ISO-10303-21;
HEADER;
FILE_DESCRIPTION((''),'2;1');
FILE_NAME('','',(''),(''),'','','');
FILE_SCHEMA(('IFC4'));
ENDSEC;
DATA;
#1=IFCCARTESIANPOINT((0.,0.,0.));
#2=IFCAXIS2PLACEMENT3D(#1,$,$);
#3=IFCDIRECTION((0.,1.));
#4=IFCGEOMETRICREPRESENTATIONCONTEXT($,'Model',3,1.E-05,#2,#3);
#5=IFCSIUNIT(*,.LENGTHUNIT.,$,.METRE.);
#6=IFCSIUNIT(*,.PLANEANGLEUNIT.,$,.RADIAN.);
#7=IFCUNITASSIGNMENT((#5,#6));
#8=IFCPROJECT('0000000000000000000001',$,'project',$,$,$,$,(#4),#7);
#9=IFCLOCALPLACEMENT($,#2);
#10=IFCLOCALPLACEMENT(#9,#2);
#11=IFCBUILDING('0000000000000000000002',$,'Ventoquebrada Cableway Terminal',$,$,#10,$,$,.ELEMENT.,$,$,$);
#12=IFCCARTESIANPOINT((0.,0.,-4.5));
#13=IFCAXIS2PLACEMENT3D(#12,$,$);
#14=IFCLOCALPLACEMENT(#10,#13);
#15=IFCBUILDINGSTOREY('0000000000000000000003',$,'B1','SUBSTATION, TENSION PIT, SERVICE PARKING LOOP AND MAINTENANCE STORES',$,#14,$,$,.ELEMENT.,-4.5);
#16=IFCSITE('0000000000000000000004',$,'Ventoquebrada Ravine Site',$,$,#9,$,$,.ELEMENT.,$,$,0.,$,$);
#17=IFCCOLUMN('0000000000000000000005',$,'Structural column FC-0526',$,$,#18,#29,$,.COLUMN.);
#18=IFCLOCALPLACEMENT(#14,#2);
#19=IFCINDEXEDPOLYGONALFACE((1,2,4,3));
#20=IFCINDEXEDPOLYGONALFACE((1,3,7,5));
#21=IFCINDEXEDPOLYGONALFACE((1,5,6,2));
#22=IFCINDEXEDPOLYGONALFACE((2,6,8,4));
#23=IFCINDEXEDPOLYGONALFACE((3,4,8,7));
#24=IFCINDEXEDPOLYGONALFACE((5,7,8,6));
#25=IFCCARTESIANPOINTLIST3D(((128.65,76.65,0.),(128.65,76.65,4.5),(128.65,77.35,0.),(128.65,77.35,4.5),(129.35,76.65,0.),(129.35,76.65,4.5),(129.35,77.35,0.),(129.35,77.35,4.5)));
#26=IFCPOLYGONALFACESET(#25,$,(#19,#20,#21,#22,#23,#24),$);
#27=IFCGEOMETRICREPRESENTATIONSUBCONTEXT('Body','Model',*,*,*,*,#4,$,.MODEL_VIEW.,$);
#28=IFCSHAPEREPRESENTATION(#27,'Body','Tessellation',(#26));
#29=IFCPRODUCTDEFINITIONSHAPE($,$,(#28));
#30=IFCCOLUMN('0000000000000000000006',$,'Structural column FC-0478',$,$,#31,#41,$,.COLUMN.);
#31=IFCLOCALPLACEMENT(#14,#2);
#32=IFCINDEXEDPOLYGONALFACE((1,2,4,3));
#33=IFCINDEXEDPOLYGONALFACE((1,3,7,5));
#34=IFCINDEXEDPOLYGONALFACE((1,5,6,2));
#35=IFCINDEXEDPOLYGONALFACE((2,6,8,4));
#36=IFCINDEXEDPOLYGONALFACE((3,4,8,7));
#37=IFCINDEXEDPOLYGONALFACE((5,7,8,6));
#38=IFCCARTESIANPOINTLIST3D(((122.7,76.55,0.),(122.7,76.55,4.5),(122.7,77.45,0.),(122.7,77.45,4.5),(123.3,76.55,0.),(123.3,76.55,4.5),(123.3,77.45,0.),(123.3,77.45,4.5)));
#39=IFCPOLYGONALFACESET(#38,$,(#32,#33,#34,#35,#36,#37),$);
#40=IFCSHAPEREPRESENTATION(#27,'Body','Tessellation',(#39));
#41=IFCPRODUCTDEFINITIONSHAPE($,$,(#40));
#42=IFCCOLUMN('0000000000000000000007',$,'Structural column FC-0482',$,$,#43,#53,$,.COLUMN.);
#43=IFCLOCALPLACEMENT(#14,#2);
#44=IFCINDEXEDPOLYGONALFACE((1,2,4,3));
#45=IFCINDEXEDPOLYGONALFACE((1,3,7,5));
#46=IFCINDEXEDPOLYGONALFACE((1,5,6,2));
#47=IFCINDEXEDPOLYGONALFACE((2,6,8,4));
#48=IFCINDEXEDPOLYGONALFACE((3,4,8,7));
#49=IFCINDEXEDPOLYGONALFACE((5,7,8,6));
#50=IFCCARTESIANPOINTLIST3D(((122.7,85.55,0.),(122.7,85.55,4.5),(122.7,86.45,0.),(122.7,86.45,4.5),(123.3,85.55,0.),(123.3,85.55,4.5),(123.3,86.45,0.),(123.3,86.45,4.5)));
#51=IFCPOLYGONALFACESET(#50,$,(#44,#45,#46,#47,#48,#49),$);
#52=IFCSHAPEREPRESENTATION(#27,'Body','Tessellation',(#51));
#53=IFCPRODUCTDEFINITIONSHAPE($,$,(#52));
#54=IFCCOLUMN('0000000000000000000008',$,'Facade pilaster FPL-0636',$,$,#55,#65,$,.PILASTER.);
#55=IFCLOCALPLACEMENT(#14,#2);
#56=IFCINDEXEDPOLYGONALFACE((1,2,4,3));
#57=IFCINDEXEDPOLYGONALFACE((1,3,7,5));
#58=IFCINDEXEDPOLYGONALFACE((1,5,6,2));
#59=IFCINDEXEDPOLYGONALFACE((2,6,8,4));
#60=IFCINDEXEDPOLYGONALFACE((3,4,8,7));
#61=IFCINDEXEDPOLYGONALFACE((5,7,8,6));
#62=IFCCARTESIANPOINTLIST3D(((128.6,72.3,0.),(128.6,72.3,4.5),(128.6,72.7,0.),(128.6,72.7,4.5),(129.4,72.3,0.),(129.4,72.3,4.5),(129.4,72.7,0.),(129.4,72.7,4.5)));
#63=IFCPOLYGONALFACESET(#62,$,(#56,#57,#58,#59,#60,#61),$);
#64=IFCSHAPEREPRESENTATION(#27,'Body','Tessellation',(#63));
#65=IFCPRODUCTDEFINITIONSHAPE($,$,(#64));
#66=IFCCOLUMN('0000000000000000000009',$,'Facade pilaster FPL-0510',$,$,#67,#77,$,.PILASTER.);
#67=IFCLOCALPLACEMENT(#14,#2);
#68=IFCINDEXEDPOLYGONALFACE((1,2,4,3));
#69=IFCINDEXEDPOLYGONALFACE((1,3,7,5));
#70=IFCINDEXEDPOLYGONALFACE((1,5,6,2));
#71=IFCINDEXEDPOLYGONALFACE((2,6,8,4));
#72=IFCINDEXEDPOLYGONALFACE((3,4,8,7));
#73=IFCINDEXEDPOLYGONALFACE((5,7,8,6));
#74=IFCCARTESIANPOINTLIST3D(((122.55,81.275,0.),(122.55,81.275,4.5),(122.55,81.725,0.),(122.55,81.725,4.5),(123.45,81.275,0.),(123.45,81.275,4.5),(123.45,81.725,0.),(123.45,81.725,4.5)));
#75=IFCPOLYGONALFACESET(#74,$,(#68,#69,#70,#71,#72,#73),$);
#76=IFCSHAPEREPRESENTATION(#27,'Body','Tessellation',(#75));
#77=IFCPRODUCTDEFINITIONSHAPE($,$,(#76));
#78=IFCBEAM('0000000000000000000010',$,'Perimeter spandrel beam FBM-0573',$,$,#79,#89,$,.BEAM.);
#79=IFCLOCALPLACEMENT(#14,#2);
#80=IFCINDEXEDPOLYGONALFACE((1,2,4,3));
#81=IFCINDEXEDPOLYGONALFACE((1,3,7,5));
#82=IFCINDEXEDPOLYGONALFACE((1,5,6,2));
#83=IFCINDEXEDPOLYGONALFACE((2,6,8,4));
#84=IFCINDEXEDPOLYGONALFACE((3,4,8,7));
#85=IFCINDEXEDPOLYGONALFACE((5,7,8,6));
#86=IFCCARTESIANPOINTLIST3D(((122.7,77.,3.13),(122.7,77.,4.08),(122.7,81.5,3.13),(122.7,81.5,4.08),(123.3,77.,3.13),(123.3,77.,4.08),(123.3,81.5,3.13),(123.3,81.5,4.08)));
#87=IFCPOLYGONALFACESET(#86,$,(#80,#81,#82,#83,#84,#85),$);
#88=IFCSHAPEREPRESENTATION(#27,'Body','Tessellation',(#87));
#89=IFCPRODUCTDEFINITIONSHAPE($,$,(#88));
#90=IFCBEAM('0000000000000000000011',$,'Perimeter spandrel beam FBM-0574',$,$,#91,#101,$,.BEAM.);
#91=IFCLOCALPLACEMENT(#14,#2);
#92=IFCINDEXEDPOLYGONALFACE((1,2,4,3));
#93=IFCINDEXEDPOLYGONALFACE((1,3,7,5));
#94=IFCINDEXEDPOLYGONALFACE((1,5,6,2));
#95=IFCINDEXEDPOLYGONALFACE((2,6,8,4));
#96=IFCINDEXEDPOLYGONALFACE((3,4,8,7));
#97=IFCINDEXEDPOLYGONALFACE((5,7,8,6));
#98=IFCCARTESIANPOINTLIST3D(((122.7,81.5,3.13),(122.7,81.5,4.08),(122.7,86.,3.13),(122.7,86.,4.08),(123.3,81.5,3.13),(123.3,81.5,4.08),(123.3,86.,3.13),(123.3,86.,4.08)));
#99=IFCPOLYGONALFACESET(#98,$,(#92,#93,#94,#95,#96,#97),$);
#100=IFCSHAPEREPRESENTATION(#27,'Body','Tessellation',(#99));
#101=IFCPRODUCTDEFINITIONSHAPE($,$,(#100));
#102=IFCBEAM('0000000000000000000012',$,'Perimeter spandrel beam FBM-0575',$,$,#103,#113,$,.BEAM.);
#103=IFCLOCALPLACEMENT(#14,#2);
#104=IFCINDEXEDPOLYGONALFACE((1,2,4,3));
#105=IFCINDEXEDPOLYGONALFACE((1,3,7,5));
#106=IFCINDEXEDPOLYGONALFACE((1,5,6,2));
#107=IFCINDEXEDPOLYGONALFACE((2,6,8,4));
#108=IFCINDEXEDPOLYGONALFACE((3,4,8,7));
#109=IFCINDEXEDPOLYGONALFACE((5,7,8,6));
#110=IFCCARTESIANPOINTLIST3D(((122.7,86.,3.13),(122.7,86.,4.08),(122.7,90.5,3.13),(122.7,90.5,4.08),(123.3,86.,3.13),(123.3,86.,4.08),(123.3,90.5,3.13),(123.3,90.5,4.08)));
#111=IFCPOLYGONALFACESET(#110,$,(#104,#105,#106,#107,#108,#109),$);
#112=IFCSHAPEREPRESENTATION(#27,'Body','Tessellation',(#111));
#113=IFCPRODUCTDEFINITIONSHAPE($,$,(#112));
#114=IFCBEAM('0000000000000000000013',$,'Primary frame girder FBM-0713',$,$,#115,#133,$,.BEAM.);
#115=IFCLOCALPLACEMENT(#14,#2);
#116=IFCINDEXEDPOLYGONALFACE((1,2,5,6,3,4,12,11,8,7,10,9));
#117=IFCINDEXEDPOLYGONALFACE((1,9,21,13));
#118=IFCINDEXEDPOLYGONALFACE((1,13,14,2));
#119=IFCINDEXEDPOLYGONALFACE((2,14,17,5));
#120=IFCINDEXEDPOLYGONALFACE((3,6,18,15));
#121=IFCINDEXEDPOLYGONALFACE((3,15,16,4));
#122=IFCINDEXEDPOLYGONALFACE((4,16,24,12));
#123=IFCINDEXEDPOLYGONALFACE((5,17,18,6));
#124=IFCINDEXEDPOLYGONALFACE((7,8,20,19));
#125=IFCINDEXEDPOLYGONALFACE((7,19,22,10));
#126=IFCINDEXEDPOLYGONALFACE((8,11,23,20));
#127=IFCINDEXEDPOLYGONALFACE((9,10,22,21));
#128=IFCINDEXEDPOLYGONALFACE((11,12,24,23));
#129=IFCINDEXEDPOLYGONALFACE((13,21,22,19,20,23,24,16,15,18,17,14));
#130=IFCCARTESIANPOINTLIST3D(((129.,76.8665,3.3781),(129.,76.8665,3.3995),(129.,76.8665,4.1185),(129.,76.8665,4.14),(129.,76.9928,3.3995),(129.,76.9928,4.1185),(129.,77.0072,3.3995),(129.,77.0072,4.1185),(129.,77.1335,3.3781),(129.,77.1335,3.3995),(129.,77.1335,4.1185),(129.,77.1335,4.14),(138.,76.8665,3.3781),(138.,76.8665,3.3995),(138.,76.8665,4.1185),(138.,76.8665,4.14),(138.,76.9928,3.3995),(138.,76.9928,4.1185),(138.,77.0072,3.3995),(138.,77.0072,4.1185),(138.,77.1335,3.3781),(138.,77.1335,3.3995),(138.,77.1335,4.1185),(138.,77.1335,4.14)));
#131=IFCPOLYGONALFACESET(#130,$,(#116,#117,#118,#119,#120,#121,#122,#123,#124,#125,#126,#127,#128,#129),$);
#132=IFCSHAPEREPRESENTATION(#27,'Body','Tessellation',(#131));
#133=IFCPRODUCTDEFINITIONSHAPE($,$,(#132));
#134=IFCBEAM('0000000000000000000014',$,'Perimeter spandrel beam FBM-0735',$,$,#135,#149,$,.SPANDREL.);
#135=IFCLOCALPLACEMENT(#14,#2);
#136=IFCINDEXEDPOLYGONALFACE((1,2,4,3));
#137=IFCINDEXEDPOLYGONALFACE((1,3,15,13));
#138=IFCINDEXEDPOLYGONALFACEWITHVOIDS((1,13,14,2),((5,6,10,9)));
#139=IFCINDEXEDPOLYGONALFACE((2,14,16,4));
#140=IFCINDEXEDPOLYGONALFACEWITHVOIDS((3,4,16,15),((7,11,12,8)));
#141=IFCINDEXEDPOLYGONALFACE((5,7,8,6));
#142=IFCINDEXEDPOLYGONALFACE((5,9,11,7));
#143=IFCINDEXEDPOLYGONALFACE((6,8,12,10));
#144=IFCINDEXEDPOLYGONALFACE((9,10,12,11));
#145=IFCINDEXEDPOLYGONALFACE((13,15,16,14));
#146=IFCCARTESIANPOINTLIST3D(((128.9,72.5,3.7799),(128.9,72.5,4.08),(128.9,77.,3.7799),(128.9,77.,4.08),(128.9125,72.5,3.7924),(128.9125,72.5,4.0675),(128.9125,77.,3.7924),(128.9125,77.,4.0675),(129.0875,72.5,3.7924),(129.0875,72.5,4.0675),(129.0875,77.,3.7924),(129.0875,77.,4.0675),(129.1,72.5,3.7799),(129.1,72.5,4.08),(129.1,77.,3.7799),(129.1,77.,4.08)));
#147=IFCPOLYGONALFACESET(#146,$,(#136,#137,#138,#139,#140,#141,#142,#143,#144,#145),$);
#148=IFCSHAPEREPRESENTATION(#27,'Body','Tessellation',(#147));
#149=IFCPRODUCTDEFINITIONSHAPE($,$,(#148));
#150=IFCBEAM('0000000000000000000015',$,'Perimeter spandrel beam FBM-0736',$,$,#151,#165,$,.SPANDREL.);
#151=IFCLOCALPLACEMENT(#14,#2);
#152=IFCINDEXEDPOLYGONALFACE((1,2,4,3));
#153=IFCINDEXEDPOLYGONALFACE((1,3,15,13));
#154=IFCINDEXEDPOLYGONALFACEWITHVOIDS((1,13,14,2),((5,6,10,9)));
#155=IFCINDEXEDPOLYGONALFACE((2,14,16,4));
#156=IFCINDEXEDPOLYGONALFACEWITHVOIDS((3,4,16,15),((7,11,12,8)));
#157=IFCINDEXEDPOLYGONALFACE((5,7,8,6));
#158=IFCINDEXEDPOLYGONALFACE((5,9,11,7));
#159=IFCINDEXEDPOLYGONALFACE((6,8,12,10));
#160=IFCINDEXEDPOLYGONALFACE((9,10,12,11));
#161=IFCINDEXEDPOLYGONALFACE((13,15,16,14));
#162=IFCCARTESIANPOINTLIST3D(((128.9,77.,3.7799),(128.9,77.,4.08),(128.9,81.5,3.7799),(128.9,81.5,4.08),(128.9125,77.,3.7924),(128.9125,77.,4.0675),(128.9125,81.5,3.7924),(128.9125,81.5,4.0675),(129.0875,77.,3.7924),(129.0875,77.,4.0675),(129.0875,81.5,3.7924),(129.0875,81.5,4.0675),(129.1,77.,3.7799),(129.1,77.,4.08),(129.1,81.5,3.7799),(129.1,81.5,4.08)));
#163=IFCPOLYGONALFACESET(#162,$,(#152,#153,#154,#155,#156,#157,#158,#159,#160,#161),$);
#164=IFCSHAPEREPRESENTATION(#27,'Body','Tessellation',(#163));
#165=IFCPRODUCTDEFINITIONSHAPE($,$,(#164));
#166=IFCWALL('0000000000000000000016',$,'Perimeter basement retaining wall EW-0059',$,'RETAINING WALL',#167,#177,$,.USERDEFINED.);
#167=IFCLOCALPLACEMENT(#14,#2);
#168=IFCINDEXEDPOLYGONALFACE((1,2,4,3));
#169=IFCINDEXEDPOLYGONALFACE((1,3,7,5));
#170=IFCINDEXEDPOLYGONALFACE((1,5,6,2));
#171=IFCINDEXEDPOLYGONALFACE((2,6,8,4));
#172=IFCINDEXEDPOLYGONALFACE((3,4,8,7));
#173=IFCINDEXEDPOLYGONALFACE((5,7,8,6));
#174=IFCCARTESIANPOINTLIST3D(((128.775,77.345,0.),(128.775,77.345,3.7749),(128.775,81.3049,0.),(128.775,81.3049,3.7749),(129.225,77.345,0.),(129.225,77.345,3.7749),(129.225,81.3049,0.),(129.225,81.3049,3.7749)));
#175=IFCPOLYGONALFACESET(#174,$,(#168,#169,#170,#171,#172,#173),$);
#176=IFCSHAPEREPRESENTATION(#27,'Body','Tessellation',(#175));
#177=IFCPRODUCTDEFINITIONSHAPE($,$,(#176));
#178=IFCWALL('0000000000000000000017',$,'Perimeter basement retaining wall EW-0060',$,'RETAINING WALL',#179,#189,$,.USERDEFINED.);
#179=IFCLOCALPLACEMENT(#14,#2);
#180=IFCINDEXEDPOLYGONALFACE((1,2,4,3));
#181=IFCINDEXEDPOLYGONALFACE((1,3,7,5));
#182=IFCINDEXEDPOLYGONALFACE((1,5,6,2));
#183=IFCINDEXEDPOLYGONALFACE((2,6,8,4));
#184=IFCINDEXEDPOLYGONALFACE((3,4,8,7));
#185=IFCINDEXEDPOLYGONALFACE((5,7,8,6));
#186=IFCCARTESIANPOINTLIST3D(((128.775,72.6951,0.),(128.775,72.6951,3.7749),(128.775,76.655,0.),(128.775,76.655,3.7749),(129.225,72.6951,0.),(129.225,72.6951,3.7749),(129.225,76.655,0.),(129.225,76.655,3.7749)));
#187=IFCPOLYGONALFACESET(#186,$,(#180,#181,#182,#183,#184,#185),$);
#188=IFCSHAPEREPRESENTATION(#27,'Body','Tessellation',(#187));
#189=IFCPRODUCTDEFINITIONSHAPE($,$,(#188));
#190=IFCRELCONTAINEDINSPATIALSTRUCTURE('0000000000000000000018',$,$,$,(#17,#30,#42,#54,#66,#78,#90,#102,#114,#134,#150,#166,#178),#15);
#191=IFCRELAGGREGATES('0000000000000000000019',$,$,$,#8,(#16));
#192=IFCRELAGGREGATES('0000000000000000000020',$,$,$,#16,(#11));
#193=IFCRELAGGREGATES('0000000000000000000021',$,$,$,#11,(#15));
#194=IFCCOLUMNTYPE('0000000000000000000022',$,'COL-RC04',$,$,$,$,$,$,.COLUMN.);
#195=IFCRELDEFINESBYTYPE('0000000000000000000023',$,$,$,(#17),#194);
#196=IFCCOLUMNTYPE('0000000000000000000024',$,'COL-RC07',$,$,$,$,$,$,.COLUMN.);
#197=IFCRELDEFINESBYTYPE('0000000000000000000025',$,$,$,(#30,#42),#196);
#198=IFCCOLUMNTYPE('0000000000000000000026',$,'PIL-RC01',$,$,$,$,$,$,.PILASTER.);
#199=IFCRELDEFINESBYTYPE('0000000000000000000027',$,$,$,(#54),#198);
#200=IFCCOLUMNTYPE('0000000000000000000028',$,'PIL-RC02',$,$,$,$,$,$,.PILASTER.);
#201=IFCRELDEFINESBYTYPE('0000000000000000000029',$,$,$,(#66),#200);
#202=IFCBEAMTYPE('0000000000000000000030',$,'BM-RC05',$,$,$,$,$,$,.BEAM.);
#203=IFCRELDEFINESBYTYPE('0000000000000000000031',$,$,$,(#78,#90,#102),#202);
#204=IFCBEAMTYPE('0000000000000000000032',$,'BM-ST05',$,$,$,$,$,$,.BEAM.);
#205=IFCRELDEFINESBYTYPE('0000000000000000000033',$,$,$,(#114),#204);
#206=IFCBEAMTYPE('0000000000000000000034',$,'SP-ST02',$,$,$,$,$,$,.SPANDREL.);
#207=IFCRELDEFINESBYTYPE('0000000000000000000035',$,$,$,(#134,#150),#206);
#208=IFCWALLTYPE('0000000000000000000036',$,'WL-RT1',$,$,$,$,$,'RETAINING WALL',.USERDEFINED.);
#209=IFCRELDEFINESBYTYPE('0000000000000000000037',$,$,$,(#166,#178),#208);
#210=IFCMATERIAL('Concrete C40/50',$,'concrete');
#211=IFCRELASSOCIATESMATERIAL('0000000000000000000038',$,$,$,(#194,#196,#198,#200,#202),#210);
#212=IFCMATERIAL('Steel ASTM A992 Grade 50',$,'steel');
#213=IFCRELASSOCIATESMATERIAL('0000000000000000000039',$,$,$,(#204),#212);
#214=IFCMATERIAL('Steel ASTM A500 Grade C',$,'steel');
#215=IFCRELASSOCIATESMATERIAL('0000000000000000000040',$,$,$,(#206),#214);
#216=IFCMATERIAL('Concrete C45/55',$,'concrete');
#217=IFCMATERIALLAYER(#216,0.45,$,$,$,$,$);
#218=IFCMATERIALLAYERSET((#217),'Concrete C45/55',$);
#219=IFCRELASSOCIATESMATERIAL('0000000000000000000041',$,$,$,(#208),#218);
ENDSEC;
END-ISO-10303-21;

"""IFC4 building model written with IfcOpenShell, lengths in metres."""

from ifc_helpers import new_model, si_unit, direction, frame, frame_2d, origin, origin_2d, place, context, subcontext, project, spatial, rectangle, hollow_rectangle, i_section, extrude, material, layer, layer_set, material_profile, profile_set, type_object, element, save


model = new_model("IFC4")

# Units and contexts
model_context = context("Model", 3, precision=1e-05, world=origin(), true_north=direction((0.0, 1.0)))
body_context = subcontext(model_context, "Body", "Model", "MODEL_VIEW")
ifc_project = project(units=[si_unit("LENGTHUNIT", "METRE"), si_unit("PLANEANGLEUNIT", "RADIAN")], contexts=[model_context])

# Site, building, storey
site_placement = place(None, origin())
site = spatial("IfcSite", under=ifc_project, at=site_placement, Name="Ventoquebrada Ravine Site", CompositionType="ELEMENT", RefElevation=0.0)
building_placement = place(site_placement, origin())
building = spatial("IfcBuilding", under=site, at=building_placement, Name="Ventoquebrada Cableway Terminal", CompositionType="ELEMENT")
storey_placement = place(building_placement, frame((0.0, 0.0, -4.5)))
storey = spatial("IfcBuildingStorey", under=building, at=storey_placement, Name="B1", Description="SUBSTATION, TENSION PIT, SERVICE PARKING LOOP AND MAINTENANCE STORES", CompositionType="ELEMENT", Elevation=-4.5)

# Shared definitions
ifc_material_1 = material(Name="Concrete C40/50", Category="concrete")

# Columns
ifc_material_profile_1 = material_profile(ifc_material_1, rectangle(XDim=0.7, YDim=0.7, at=origin_2d()), Name="RC-COL-700X700")
ifc_profile_set_1 = profile_set([ifc_material_profile_1], Name="Concrete C40/50")
column_type_1 = type_object("IfcColumnType", Name="COL-RC04", PredefinedType="COLUMN", material=ifc_profile_set_1)
column_1_placement = place(storey_placement, frame((129.0, 77.0, 0.0), z_axis=(0.0, 0.0, 1.0), x_axis=(1.0, 0.0, 0.0)))
element("IfcColumn", 1, at=column_1_placement, inside=storey, type_object=column_type_1, Name="Structural column FC-0526", PredefinedType="COLUMN", context=body_context, shape_type="SweptSolid", body=[
    extrude(rectangle(XDim=0.7, YDim=0.7, at=origin_2d()), origin(), (0.0, 0.0, 1.0), 4.5),
])
ifc_material_profile_2 = material_profile(ifc_material_1, rectangle(XDim=0.6001, YDim=0.8999, at=origin_2d()), Name="RC-COL-900X600")
ifc_profile_set_2 = profile_set([ifc_material_profile_2], Name="Concrete C40/50")
column_type_2 = type_object("IfcColumnType", Name="COL-RC07", PredefinedType="COLUMN", material=ifc_profile_set_2)
for number, where, z_axis, x_axis, name in (
    (2, (123.0, 77.0, 0.0), (0.0, 0.0, 1.0), (1.0, 0.0, 0.0), "Structural column FC-0478"),
    (3, (123.0, 86.0, 0.0), (0.0, 0.0, 1.0), (1.0, 0.0, 0.0), "Structural column FC-0482"),
):
    element("IfcColumn", number, at=place(storey_placement, frame(where, z_axis=z_axis, x_axis=x_axis)), inside=storey, type_object=column_type_2, Name=name, PredefinedType="COLUMN", context=body_context, shape_type="SweptSolid", body=[
        extrude(rectangle(XDim=0.6001, YDim=0.8999, at=origin_2d()), origin(), (0.0, 0.0, 1.0), 4.5),
    ])
ifc_material_profile_3 = material_profile(ifc_material_1, rectangle(XDim=0.3999, YDim=0.8, at=origin_2d()), Name="RC-PIL-400X800")
ifc_profile_set_3 = profile_set([ifc_material_profile_3], Name="Concrete C40/50")
column_type_3 = type_object("IfcColumnType", Name="PIL-RC01", PredefinedType="PILASTER", material=ifc_profile_set_3)
column_2_placement = place(storey_placement, frame((129.0, 72.5, 0.0), z_axis=(0.0, 0.0, 1.0), x_axis=(0.0, 1.0, 0.0)))
element("IfcColumn", 4, at=column_2_placement, inside=storey, type_object=column_type_3, Name="Facade pilaster FPL-0636", PredefinedType="PILASTER", context=body_context, shape_type="SweptSolid", body=[
    extrude(rectangle(XDim=0.3999, YDim=0.8, at=origin_2d()), origin(), (0.0, 0.0, 1.0), 4.5),
])
ifc_material_profile_4 = material_profile(ifc_material_1, rectangle(XDim=0.45, YDim=0.8999, at=origin_2d()), Name="RC-PIL-450X900")
ifc_profile_set_4 = profile_set([ifc_material_profile_4], Name="Concrete C40/50")
column_type_4 = type_object("IfcColumnType", Name="PIL-RC02", PredefinedType="PILASTER", material=ifc_profile_set_4)
column_3_placement = place(storey_placement, frame((123.0, 81.5, 0.0), z_axis=(0.0, 0.0, 1.0), x_axis=(0.0, 1.0, 0.0)))
element("IfcColumn", 5, at=column_3_placement, inside=storey, type_object=column_type_4, Name="Facade pilaster FPL-0510", PredefinedType="PILASTER", context=body_context, shape_type="SweptSolid", body=[
    extrude(rectangle(XDim=0.45, YDim=0.8999, at=origin_2d()), origin(), (0.0, 0.0, 1.0), 4.5),
])

# Beams
ifc_material_profile_5 = material_profile(ifc_material_1, rectangle(XDim=0.6001, YDim=0.95, at=origin_2d()), Name="RC-BM-600X950")
ifc_profile_set_5 = profile_set([ifc_material_profile_5], Name="Concrete C40/50")
beam_type_1 = type_object("IfcBeamType", Name="BM-RC05", PredefinedType="BEAM", material=ifc_profile_set_5)
for number, where, z_axis, x_axis, name in (
    (6, (123.0, 77.0, 3.605), (0.0, 1.0, 0.0), (-1.0, 0.0, 0.0), "Perimeter spandrel beam FBM-0573"),
    (7, (123.0, 81.5, 3.605), (0.0, 1.0, 0.0), (-1.0, 0.0, 0.0), "Perimeter spandrel beam FBM-0574"),
    (8, (123.0, 86.0, 3.605), (0.0, 1.0, 0.0), (-1.0, 0.0, 0.0), "Perimeter spandrel beam FBM-0575"),
):
    element("IfcBeam", number, at=place(storey_placement, frame(where, z_axis=z_axis, x_axis=x_axis)), inside=storey, type_object=beam_type_1, Name=name, PredefinedType="BEAM", context=body_context, shape_type="SweptSolid", body=[
        extrude(rectangle(XDim=0.6001, YDim=0.95, at=origin_2d()), origin(), (0.0, 0.0, 1.0), 4.5),
    ])
ifc_material_2 = material(Name="Steel ASTM A992 Grade 50", Category="steel")
ifc_material_profile_6 = material_profile(ifc_material_2, i_section(OverallWidth=0.2671, OverallDepth=0.762, WebThickness=0.0144, FlangeThickness=0.0215, at=origin_2d()), Name="W30X116")
ifc_profile_set_6 = profile_set([ifc_material_profile_6], Name="Steel ASTM A992 Grade 50")
beam_type_2 = type_object("IfcBeamType", Name="BM-ST05", PredefinedType="BEAM", material=ifc_profile_set_6)
beam_placement = place(storey_placement, frame((129.0, 77.0, 3.759), z_axis=(1.0, 0.0, 0.0), x_axis=(0.0, 1.0, 0.0)))
element("IfcBeam", 9, at=beam_placement, inside=storey, type_object=beam_type_2, Name="Primary frame girder FBM-0713", PredefinedType="BEAM", context=body_context, shape_type="SweptSolid", body=[
    extrude(i_section(OverallWidth=0.2671, OverallDepth=0.762, WebThickness=0.0144, FlangeThickness=0.0215, at=origin_2d()), origin(), (0.0, 0.0, 1.0), 9.0),
])
ifc_material_3 = material(Name="Steel ASTM A500 Grade C", Category="steel")
ifc_material_profile_7 = material_profile(ifc_material_3, hollow_rectangle(XDim=0.2, YDim=0.3, WallThickness=0.0125, at=origin_2d()), Name="RHS300X200X12.5")
ifc_profile_set_7 = profile_set([ifc_material_profile_7], Name="Steel ASTM A500 Grade C")
beam_type_3 = type_object("IfcBeamType", Name="SP-ST02", PredefinedType="SPANDREL", material=ifc_profile_set_7)
for number, where, z_axis, x_axis, name in (
    (10, (129.0, 72.5, 3.9299), (0.0, 1.0, 0.0), (-1.0, 0.0, 0.0), "Perimeter spandrel beam FBM-0735"),
    (11, (129.0, 77.0, 3.9299), (0.0, 1.0, 0.0), (-1.0, 0.0, 0.0), "Perimeter spandrel beam FBM-0736"),
):
    element("IfcBeam", number, at=place(storey_placement, frame(where, z_axis=z_axis, x_axis=x_axis)), inside=storey, type_object=beam_type_3, Name=name, PredefinedType="SPANDREL", context=body_context, shape_type="SweptSolid", body=[
        extrude(hollow_rectangle(XDim=0.2, YDim=0.3, WallThickness=0.0125, at=origin_2d()), origin(), (0.0, 0.0, 1.0), 4.5),
    ])

# Walls
ifc_material_4 = material(Name="Concrete C45/55", Category="concrete")
ifc_layer = layer(ifc_material_4, 0.45)
ifc_layer_set = layer_set([ifc_layer], Name="Concrete C45/55")
wall_type = type_object("IfcWallType", Name="WL-RT1", ElementType="RETAINING WALL", PredefinedType="USERDEFINED", material=ifc_layer_set)
for number, where, z_axis, x_axis, name in (
    (12, (129.0, 81.3049, 0.0), (0.0, 0.0, 1.0), (0.0, -1.0, 0.0), "Perimeter basement retaining wall EW-0059"),
    (13, (129.0, 76.655, 0.0), (0.0, 0.0, 1.0), (0.0, -1.0, 0.0), "Perimeter basement retaining wall EW-0060"),
):
    element("IfcWall", number, at=place(storey_placement, frame(where, z_axis=z_axis, x_axis=x_axis)), inside=storey, type_object=wall_type, Name=name, ObjectType="RETAINING WALL", PredefinedType="USERDEFINED", context=body_context, shape_type="SweptSolid", body=[
        extrude(rectangle(XDim=3.96, YDim=0.45, at=frame_2d((1.98, 0.0))), origin(), (0.0, 0.0, 1.0), 3.7749),
    ])

save(model, "model.ifc")
